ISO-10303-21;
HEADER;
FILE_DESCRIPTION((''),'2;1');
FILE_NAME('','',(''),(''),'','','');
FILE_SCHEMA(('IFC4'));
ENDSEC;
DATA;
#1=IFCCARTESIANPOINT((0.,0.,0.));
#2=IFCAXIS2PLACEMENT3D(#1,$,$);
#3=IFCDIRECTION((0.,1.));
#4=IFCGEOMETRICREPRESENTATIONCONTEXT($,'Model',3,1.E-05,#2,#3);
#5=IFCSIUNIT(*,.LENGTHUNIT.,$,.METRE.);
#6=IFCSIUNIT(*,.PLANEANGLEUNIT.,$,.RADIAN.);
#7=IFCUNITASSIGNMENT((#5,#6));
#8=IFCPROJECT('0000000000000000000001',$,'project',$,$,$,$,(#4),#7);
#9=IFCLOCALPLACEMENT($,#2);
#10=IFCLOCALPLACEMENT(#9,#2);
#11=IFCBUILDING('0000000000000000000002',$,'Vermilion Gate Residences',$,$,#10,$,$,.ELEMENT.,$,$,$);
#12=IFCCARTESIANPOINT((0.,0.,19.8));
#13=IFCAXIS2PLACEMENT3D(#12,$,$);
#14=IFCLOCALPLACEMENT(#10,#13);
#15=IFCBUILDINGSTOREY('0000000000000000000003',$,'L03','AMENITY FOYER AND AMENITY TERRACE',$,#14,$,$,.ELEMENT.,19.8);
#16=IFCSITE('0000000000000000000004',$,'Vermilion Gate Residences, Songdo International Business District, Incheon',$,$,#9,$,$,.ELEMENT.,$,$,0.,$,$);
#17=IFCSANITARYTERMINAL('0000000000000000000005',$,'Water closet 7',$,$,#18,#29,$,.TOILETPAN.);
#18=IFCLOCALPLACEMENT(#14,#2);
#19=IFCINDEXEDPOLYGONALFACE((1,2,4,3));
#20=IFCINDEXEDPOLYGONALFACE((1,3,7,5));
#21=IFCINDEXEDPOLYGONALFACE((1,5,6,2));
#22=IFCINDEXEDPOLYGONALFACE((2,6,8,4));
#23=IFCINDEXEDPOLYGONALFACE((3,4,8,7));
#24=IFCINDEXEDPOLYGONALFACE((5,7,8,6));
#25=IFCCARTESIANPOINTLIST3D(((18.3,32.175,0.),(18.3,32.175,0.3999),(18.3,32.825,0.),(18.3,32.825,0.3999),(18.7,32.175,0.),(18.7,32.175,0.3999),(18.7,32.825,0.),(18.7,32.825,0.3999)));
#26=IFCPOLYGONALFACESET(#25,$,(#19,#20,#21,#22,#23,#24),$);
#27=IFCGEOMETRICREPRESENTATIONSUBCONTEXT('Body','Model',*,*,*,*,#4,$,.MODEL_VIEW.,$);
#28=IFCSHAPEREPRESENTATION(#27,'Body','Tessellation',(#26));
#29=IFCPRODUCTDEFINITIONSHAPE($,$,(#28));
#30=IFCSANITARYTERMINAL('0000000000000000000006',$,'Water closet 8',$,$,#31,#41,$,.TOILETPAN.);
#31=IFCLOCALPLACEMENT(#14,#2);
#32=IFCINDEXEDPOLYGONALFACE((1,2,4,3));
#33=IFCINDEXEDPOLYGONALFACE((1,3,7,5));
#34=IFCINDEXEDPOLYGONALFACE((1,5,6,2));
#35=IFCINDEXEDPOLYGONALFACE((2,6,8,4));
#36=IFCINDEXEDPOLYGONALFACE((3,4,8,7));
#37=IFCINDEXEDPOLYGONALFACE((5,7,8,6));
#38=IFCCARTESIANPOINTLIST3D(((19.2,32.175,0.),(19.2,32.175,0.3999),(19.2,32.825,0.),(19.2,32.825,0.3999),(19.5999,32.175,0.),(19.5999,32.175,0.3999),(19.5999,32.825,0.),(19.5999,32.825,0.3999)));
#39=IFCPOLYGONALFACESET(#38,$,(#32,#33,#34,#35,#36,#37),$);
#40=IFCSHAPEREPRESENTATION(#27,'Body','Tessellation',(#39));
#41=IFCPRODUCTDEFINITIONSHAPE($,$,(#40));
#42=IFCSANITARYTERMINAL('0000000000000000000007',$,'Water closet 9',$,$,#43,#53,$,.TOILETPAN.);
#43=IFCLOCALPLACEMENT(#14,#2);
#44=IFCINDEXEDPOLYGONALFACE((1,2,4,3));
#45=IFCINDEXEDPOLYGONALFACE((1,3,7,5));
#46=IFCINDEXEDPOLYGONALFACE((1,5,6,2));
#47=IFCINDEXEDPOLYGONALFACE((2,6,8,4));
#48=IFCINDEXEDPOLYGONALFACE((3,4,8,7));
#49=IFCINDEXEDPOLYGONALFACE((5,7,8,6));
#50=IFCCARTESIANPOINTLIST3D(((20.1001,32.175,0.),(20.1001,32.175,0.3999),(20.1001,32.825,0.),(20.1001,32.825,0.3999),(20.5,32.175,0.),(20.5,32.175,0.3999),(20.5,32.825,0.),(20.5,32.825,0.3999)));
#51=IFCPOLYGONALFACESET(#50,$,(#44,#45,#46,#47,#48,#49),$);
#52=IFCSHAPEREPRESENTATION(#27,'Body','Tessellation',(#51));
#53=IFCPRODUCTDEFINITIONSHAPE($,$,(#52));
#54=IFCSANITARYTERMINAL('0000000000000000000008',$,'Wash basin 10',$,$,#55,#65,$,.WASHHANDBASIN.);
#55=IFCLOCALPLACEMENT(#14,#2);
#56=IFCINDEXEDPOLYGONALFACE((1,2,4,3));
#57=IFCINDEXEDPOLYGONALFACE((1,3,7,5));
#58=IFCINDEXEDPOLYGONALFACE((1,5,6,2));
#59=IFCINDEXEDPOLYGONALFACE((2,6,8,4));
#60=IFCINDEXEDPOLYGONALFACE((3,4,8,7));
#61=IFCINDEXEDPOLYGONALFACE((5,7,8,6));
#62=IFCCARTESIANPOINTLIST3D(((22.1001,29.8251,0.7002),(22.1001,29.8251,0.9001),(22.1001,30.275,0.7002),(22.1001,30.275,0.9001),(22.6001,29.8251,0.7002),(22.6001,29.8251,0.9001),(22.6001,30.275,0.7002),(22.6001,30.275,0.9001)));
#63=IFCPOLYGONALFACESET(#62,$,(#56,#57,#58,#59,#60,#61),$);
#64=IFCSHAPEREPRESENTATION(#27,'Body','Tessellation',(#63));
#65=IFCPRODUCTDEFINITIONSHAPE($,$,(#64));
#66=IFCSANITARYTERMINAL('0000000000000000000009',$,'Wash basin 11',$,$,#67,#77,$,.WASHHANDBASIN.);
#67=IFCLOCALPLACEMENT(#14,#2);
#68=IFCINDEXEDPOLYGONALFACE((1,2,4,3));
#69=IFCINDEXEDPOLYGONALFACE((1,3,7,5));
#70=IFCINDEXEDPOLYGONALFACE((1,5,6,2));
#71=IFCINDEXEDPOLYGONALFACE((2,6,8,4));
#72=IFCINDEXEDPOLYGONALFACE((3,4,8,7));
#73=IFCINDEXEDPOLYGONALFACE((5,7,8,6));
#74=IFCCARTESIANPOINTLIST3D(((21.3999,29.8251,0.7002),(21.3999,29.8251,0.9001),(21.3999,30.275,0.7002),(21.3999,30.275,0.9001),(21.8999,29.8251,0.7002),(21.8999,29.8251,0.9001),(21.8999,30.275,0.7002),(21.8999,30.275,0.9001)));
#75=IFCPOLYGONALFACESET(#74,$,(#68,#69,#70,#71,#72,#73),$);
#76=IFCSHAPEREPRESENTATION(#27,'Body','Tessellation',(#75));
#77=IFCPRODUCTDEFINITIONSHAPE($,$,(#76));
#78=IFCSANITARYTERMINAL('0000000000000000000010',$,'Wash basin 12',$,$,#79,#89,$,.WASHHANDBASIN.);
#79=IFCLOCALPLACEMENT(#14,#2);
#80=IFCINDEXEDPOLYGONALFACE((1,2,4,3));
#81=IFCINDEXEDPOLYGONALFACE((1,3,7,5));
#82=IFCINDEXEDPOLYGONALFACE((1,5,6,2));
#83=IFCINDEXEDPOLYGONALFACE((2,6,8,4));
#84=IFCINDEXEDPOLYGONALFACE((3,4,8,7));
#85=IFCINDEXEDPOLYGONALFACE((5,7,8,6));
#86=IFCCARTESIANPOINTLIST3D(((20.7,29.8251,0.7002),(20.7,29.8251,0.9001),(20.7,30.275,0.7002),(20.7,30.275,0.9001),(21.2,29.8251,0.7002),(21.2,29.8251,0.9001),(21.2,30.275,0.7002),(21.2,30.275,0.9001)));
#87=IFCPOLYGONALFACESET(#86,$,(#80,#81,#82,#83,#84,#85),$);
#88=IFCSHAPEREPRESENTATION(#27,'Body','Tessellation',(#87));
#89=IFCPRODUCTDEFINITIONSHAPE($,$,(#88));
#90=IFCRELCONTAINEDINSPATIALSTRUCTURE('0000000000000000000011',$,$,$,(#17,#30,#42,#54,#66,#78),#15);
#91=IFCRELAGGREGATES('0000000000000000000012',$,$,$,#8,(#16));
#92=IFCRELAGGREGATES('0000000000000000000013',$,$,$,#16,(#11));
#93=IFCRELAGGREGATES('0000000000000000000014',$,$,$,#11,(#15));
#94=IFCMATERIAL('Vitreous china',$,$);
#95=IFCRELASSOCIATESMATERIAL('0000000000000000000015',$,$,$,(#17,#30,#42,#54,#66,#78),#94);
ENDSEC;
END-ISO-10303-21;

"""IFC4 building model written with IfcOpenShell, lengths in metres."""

from ifc_helpers import new_model, si_unit, direction, frame, origin, origin_2d, place, context, subcontext, project, spatial, rectangle, extrude, material, element, save


model = new_model("IFC4")

# Units and contexts
model_context = context("Model", 3, precision=1e-05, world=origin(), true_north=direction((0.0, 1.0)))
body_context = subcontext(model_context, "Body", "Model", "MODEL_VIEW")
ifc_project = project(units=[si_unit("LENGTHUNIT", "METRE"), si_unit("PLANEANGLEUNIT", "RADIAN")], contexts=[model_context])

# Site, building, storey
site_placement = place(None, origin())
site = spatial("IfcSite", under=ifc_project, at=site_placement, Name="Vermilion Gate Residences, Songdo International Business District, Incheon", CompositionType="ELEMENT", RefElevation=0.0)
building_placement = place(site_placement, origin())
building = spatial("IfcBuilding", under=site, at=building_placement, Name="Vermilion Gate Residences", CompositionType="ELEMENT")
storey_placement = place(building_placement, frame((0.0, 0.0, 19.8)))
storey = spatial("IfcBuildingStorey", under=building, at=storey_placement, Name="L03", Description="AMENITY FOYER AND AMENITY TERRACE", CompositionType="ELEMENT", Elevation=19.8)

# Sanitary terminals
ifc_material_1 = material(Name="Vitreous china")
for number, where, z_axis, x_axis, name in (
    (1, (18.5, 32.5, 0.0), (0.0, 0.0, 1.0), (1.0, 0.0, 0.0), "Water closet 7"),
    (2, (19.3999, 32.5, 0.0), (0.0, 0.0, 1.0), (1.0, 0.0, 0.0), "Water closet 8"),
    (3, (20.3, 32.5, 0.0), (0.0, 0.0, 1.0), (1.0, 0.0, 0.0), "Water closet 9"),
):
    element("IfcSanitaryTerminal", number, at=place(storey_placement, frame(where, z_axis=z_axis, x_axis=x_axis)), inside=storey, material=ifc_material_1, Name=name, PredefinedType="TOILETPAN", context=body_context, shape_type="SweptSolid", body=[
        extrude(rectangle(XDim=0.3999, YDim=0.6499, at=origin_2d()), origin(), (0.0, 0.0, 1.0), 0.3999),
    ])
for number, where, z_axis, x_axis, name in (
    (4, (22.3501, 30.05, 0.7002), (0.0, 0.0, 1.0), (1.0, 0.0, 0.0), "Wash basin 10"),
    (5, (21.6499, 30.05, 0.7002), (0.0, 0.0, 1.0), (1.0, 0.0, 0.0), "Wash basin 11"),
    (6, (20.95, 30.05, 0.7002), (0.0, 0.0, 1.0), (1.0, 0.0, 0.0), "Wash basin 12"),
):
    element("IfcSanitaryTerminal", number, at=place(storey_placement, frame(where, z_axis=z_axis, x_axis=x_axis)), inside=storey, material=ifc_material_1, Name=name, PredefinedType="WASHHANDBASIN", context=body_context, shape_type="SweptSolid", body=[
        extrude(rectangle(XDim=0.5, YDim=0.45, at=origin_2d()), origin(), (0.0, 0.0, 1.0), 0.2),
    ])

save(model, "model.ifc")
